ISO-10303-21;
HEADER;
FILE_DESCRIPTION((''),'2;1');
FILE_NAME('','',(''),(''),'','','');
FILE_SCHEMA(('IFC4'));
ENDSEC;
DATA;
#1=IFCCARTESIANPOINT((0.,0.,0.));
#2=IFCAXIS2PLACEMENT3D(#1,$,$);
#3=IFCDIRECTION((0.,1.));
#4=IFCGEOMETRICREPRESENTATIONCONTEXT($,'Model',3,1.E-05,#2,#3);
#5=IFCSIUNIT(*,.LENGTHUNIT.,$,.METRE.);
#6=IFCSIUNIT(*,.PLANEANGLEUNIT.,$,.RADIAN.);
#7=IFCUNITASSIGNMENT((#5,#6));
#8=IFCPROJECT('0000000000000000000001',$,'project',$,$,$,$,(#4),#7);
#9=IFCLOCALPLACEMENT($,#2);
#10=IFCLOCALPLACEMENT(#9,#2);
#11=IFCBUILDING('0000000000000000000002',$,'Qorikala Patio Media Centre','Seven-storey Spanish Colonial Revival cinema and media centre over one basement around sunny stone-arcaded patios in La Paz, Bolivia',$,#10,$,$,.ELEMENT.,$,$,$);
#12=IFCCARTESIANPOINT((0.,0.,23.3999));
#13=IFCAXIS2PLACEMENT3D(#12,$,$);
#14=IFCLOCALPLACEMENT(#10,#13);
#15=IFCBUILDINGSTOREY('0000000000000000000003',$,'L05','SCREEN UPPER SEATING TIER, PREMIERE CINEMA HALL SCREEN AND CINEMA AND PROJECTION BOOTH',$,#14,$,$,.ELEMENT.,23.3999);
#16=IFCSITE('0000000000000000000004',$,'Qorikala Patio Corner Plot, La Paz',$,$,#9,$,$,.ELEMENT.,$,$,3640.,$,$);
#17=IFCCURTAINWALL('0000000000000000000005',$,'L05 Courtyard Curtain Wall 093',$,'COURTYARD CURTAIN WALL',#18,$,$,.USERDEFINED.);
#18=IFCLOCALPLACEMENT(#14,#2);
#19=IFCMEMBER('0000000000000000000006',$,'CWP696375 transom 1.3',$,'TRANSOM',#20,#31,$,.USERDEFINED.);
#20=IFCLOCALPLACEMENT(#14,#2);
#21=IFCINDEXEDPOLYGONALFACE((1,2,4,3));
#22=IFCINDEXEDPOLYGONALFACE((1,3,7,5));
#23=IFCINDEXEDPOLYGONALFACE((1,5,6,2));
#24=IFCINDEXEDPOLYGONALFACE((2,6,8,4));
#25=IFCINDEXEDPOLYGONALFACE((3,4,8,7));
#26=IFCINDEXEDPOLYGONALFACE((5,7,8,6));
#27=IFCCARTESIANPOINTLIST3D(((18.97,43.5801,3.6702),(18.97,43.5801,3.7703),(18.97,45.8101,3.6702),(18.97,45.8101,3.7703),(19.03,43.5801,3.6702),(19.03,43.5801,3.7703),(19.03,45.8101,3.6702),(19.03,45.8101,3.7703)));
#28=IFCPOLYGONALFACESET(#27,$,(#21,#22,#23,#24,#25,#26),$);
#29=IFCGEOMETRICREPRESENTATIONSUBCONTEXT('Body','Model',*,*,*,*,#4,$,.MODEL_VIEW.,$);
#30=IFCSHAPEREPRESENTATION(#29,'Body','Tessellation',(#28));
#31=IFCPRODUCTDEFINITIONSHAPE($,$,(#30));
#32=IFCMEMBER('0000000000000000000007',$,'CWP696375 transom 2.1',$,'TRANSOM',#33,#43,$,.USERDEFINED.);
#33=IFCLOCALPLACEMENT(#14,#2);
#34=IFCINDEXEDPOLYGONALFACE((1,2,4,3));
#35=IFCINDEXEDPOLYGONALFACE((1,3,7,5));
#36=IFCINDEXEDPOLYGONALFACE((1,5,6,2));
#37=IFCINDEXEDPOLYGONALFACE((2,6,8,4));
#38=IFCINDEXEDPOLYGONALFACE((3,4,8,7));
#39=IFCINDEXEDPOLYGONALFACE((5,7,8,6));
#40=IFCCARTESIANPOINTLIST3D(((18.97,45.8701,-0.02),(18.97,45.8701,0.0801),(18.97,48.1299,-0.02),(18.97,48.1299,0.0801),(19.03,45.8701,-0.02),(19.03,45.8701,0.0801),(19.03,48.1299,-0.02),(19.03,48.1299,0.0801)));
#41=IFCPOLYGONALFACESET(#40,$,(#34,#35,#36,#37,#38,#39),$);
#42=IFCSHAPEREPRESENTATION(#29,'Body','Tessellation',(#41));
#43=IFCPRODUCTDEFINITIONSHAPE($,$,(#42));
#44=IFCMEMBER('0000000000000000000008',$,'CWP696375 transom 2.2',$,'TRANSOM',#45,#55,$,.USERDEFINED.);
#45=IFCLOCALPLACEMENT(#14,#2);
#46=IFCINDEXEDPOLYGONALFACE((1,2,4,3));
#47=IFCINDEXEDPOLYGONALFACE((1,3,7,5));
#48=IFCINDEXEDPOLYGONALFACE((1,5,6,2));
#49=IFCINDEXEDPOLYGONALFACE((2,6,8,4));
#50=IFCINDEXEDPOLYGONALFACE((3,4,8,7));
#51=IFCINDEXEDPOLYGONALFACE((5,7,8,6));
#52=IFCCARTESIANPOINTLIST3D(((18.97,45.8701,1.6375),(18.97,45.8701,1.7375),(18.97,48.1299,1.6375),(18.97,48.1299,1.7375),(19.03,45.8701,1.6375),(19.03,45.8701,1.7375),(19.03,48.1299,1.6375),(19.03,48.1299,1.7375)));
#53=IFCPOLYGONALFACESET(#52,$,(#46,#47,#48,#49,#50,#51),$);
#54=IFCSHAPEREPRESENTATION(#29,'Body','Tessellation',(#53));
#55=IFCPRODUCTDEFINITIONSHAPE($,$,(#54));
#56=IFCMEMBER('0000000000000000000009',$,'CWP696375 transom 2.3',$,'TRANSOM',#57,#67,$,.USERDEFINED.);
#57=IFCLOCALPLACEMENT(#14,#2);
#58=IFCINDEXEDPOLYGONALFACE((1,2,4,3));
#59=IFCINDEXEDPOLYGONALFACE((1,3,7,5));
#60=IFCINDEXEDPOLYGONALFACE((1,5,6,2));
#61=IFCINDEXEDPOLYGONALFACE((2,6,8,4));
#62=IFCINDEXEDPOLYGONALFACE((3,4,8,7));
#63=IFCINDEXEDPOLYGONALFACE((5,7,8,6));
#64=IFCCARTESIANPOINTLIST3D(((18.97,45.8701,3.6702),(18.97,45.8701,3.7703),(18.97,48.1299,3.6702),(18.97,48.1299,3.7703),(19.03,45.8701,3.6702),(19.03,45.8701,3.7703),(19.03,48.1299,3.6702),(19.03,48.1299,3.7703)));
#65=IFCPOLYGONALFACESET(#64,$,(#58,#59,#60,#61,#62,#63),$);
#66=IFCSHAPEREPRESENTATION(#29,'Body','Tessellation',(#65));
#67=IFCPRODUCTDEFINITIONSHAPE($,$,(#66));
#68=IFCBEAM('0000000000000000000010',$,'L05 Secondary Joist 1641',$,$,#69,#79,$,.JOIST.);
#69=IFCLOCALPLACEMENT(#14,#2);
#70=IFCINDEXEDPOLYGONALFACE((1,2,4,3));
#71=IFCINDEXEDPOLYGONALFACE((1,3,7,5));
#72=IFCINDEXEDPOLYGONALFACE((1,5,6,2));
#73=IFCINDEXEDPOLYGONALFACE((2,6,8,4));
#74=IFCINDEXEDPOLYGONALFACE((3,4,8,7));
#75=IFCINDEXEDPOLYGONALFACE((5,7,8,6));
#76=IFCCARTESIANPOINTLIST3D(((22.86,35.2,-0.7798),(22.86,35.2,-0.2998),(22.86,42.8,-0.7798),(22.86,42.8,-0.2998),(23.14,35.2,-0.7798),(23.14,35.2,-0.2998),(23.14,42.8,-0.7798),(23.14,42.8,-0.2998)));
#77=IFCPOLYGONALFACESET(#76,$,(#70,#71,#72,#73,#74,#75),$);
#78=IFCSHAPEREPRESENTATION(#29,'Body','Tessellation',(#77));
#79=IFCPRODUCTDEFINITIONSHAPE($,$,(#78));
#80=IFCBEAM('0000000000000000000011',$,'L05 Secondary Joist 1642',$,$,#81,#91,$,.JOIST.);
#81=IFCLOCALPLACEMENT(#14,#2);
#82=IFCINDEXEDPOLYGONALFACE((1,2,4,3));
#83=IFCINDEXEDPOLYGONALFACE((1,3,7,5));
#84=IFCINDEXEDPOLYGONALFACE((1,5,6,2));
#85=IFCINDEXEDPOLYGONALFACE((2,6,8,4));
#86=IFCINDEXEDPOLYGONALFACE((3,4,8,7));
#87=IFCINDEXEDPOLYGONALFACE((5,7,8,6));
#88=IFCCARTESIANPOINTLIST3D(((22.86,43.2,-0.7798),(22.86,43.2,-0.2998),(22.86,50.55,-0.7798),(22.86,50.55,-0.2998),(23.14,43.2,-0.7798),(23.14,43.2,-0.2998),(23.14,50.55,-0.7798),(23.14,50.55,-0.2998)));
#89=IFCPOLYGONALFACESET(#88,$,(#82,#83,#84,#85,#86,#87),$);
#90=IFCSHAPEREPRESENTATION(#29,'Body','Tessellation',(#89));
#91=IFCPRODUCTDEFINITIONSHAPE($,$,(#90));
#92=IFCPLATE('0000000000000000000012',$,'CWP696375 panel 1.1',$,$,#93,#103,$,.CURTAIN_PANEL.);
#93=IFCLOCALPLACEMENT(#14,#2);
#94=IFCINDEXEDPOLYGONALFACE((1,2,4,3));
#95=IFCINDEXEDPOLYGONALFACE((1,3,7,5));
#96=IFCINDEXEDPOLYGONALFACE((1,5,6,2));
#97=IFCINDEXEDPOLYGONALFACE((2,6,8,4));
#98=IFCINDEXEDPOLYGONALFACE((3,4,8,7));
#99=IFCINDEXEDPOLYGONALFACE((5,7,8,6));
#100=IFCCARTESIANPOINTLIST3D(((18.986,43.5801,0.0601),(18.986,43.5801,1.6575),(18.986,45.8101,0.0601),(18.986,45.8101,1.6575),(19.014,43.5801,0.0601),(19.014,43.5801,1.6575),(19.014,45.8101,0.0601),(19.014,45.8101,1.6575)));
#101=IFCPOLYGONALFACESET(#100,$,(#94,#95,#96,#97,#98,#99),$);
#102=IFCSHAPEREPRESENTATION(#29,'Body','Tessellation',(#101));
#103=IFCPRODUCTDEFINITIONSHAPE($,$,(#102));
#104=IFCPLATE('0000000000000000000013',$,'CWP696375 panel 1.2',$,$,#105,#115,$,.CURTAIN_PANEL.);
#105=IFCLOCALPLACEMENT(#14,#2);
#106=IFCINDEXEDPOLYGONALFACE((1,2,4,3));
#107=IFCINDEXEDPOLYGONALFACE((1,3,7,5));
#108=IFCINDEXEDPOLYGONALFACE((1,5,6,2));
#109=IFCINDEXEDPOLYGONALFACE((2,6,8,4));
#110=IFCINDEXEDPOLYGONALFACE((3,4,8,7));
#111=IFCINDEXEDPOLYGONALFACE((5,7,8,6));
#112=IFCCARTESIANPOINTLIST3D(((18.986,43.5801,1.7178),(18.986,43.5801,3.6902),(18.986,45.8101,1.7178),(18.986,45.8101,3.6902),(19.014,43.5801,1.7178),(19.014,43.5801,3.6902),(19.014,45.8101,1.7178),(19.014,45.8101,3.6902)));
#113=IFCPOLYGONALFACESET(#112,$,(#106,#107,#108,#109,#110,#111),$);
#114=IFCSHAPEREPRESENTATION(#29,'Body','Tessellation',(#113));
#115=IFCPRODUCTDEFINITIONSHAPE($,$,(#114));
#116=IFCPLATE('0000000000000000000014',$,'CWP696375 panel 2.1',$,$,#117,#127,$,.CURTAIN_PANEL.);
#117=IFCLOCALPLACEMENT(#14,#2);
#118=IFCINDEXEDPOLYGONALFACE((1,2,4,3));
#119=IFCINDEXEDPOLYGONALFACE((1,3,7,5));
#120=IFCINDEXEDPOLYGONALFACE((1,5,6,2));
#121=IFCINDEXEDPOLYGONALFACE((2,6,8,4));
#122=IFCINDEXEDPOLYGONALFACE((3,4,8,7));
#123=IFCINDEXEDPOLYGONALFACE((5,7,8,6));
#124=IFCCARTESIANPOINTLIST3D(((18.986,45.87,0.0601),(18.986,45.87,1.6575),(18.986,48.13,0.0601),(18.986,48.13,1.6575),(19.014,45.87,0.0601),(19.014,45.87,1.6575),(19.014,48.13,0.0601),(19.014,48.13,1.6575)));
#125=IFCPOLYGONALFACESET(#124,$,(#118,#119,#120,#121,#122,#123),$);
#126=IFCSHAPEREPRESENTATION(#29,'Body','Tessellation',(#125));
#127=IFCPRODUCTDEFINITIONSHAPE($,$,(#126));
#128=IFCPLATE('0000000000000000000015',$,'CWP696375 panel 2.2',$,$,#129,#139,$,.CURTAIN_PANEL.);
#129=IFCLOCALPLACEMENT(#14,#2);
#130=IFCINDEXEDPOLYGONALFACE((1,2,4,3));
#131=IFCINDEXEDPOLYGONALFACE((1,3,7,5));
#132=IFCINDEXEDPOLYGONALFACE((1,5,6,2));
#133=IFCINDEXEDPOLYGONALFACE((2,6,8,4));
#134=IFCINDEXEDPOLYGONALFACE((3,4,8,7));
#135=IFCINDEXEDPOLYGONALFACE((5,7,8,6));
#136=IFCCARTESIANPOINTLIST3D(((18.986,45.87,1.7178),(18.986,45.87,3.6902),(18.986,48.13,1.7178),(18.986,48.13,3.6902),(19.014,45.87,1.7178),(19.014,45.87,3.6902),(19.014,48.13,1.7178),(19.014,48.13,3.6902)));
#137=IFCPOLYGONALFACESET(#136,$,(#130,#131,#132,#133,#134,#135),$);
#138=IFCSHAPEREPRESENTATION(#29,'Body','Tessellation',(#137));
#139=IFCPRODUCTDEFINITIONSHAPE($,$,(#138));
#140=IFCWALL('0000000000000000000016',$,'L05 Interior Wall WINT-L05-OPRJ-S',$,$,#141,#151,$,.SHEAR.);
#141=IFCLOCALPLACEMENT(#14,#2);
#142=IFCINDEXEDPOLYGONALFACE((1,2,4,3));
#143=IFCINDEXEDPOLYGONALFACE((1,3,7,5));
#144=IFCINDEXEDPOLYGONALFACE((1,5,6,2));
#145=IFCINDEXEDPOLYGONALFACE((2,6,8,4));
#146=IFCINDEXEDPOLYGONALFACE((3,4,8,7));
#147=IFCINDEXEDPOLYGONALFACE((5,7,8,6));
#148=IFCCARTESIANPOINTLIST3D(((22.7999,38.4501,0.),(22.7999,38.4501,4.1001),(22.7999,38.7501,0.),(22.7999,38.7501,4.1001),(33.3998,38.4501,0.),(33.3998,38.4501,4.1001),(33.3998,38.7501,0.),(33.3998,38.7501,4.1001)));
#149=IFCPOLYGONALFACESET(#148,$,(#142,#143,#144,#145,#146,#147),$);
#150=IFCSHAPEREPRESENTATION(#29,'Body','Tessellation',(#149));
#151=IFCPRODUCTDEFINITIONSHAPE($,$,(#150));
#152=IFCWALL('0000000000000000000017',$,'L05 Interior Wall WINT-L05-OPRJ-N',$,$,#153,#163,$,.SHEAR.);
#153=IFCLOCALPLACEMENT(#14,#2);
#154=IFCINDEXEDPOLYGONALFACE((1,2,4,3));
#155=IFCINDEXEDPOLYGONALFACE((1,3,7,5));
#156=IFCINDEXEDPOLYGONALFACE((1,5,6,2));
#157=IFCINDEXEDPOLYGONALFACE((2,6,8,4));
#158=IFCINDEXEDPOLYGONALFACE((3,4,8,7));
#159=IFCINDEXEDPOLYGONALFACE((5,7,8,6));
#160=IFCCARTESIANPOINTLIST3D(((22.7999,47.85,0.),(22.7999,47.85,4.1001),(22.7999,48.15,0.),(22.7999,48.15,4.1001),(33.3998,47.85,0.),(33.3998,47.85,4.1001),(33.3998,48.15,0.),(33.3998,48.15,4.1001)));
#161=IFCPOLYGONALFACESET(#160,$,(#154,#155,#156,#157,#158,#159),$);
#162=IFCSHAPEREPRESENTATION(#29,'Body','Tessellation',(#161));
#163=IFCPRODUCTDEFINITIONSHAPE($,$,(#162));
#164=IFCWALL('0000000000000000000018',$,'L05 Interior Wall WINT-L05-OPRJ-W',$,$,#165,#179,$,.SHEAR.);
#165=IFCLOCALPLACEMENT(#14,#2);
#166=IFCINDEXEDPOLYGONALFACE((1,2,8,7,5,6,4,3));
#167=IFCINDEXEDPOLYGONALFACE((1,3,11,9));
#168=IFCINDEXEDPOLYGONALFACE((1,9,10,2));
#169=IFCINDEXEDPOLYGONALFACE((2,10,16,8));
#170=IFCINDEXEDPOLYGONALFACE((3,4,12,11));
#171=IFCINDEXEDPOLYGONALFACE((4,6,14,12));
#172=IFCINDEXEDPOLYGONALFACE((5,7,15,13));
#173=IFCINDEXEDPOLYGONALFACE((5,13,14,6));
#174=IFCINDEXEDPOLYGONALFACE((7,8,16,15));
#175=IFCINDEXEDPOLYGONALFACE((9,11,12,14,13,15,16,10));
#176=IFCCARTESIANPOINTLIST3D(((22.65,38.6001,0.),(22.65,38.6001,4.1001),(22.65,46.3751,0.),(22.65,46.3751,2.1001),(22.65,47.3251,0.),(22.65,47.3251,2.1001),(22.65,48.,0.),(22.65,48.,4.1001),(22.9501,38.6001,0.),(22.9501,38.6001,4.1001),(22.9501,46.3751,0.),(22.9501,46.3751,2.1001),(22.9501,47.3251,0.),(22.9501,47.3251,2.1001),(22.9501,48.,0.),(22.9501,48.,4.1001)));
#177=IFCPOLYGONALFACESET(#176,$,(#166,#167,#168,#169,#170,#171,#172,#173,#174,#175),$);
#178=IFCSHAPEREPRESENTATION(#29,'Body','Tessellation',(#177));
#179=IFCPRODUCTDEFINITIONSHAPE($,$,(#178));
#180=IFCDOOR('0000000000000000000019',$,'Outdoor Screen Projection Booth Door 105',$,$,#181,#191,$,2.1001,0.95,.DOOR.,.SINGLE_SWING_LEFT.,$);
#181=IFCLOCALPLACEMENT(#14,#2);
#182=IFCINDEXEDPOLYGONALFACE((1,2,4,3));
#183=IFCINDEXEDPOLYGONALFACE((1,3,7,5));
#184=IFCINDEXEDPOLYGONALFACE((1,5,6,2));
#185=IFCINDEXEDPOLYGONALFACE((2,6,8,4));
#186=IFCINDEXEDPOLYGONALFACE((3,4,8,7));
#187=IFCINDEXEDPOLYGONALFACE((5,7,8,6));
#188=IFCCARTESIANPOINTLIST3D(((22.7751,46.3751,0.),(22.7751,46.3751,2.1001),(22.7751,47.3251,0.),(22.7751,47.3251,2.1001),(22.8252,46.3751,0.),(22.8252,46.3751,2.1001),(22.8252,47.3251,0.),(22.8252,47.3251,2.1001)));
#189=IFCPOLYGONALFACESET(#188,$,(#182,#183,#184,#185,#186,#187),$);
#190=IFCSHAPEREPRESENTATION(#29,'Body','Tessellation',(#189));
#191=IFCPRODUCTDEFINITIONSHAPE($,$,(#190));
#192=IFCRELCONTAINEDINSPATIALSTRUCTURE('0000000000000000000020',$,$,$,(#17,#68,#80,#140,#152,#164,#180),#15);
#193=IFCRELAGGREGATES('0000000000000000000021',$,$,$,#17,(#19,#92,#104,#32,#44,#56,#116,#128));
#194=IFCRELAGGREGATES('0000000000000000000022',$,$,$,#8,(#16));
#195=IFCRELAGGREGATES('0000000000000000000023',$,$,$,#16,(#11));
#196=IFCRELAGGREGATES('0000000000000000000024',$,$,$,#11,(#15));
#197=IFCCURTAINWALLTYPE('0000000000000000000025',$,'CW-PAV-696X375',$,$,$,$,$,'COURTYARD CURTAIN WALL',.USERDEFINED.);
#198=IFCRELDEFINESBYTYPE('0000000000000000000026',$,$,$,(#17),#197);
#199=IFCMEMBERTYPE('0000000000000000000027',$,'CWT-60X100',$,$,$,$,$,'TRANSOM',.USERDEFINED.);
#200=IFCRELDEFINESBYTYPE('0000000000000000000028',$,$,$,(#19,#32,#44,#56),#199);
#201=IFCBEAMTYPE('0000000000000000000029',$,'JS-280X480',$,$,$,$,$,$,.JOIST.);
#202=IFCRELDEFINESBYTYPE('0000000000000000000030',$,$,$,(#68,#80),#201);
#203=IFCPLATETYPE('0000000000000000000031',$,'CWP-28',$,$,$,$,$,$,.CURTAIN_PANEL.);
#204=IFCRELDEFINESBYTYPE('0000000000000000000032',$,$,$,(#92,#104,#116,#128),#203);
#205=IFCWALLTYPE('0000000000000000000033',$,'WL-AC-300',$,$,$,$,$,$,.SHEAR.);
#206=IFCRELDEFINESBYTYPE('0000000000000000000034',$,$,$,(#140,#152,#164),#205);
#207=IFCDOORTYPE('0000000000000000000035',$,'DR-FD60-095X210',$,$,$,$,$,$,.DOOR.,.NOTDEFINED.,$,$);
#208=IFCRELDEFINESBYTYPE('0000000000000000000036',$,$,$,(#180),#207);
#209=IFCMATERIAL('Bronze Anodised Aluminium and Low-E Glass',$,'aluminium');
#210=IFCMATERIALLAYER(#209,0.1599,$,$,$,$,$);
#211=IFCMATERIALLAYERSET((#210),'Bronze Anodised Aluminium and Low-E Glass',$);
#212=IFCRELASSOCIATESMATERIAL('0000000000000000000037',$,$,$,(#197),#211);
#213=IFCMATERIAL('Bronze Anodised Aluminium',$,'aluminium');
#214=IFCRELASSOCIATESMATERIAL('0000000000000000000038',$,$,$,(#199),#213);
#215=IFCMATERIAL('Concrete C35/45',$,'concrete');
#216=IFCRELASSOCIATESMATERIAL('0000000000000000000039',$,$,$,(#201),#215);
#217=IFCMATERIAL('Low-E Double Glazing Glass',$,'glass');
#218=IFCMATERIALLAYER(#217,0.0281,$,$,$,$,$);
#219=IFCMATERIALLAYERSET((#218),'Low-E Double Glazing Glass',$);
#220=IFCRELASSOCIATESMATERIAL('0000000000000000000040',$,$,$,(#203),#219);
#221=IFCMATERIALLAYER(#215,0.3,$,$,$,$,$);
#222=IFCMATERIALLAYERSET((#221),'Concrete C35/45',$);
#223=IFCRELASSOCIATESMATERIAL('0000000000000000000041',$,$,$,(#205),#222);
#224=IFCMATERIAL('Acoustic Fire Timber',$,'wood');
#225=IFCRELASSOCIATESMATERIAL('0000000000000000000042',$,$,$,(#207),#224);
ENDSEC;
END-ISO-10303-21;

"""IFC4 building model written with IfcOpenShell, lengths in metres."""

from ifc_helpers import new_model, si_unit, direction, frame, frame_2d, origin, origin_2d, place, context, subcontext, project, spatial, rectangle, extrude, material, layer, layer_set, material_profile, profile_set, type_object, element, fill, aggregate, save


model = new_model("IFC4")

# Units and contexts
model_context = context("Model", 3, precision=1e-05, world=origin(), true_north=direction((0.0, 1.0)))
body_context = subcontext(model_context, "Body", "Model", "MODEL_VIEW")
ifc_project = project(units=[si_unit("LENGTHUNIT", "METRE"), si_unit("PLANEANGLEUNIT", "RADIAN")], contexts=[model_context])

# Site, building, storey
site_placement = place(None, origin())
site = spatial("IfcSite", under=ifc_project, at=site_placement, Name="Qorikala Patio Corner Plot, La Paz", CompositionType="ELEMENT", RefElevation=3640.0)
building_placement = place(site_placement, origin())
building = spatial("IfcBuilding", under=site, at=building_placement, Name="Qorikala Patio Media Centre", Description="Seven-storey Spanish Colonial Revival cinema and media centre over one basement around sunny stone-arcaded patios in La Paz, Bolivia", CompositionType="ELEMENT")
storey_placement = place(building_placement, frame((0.0, 0.0, 23.3999)))
storey = spatial("IfcBuildingStorey", under=building, at=storey_placement, Name="L05", Description="SCREEN UPPER SEATING TIER, PREMIERE CINEMA HALL SCREEN AND CINEMA AND PROJECTION BOOTH", CompositionType="ELEMENT", Elevation=23.3999)

# Shared definitions
ifc_material_1 = material(Name="Concrete C35/45", Category="concrete")

# Curtain wall, members
ifc_material_2 = material(Name="Bronze Anodised Aluminium and Low-E Glass", Category="aluminium")
ifc_layer_1 = layer(ifc_material_2, 0.1599)
ifc_layer_set_1 = layer_set([ifc_layer_1], Name="Bronze Anodised Aluminium and Low-E Glass")
curtain_wall_type = type_object("IfcCurtainWallType", Name="CW-PAV-696X375", ElementType="COURTYARD CURTAIN WALL", PredefinedType="USERDEFINED", material=ifc_layer_set_1)
curtain_wall_placement = place(storey_placement, origin())
curtain_wall = element("IfcCurtainWall", 1, at=curtain_wall_placement, inside=storey, type_object=curtain_wall_type, Name="L05 Courtyard Curtain Wall 093", ObjectType="COURTYARD CURTAIN WALL", PredefinedType="USERDEFINED")
ifc_material_3 = material(Name="Bronze Anodised Aluminium", Category="aluminium")
ifc_material_profile_1 = material_profile(ifc_material_3, rectangle(XDim=0.0601, YDim=0.1001, at=origin_2d()), Name="ALU TRANSOM 60x100")
ifc_profile_set_1 = profile_set([ifc_material_profile_1], Name="Bronze Anodised Aluminium")
member_type_1 = type_object("IfcMemberType", Name="CWT-60X100", ElementType="TRANSOM", PredefinedType="USERDEFINED", material=ifc_profile_set_1)
member_1_placement = place(storey_placement, frame((19.0, 43.5801, 3.7202), z_axis=(0.0, 1.0, 0.0), x_axis=(-1.0, 0.0, 0.0)))
member_1 = element("IfcMember", 2, at=member_1_placement, type_object=member_type_1, Name="CWP696375 transom 1.3", ObjectType="TRANSOM", PredefinedType="USERDEFINED", context=body_context, shape_type="SweptSolid", body=[
    extrude(rectangle(XDim=0.0601, YDim=0.1001, at=origin_2d()), origin(), (0.0, 0.0, 1.0), 2.23),
])
member_2_placement = place(storey_placement, frame((19.0, 45.8701, 0.03), z_axis=(0.0, 1.0, 0.0), x_axis=(-1.0, 0.0, 0.0)))
member_2 = element("IfcMember", 3, at=member_2_placement, type_object=member_type_1, Name="CWP696375 transom 2.1", ObjectType="TRANSOM", PredefinedType="USERDEFINED", context=body_context, shape_type="SweptSolid", body=[
    extrude(rectangle(XDim=0.0601, YDim=0.1001, at=origin_2d()), origin(), (0.0, 0.0, 1.0), 2.2598),
])
member_3_placement = place(storey_placement, frame((19.0, 45.8701, 1.6875), z_axis=(0.0, 1.0, 0.0), x_axis=(-1.0, 0.0, 0.0)))
member_3 = element("IfcMember", 4, at=member_3_placement, type_object=member_type_1, Name="CWP696375 transom 2.2", ObjectType="TRANSOM", PredefinedType="USERDEFINED", context=body_context, shape_type="SweptSolid", body=[
    extrude(rectangle(XDim=0.0601, YDim=0.1001, at=origin_2d()), origin(), (0.0, 0.0, 1.0), 2.2598),
])
member_4_placement = place(storey_placement, frame((19.0, 45.8701, 3.7202), z_axis=(0.0, 1.0, 0.0), x_axis=(-1.0, 0.0, 0.0)))
member_4 = element("IfcMember", 5, at=member_4_placement, type_object=member_type_1, Name="CWP696375 transom 2.3", ObjectType="TRANSOM", PredefinedType="USERDEFINED", context=body_context, shape_type="SweptSolid", body=[
    extrude(rectangle(XDim=0.0601, YDim=0.1001, at=origin_2d()), origin(), (0.0, 0.0, 1.0), 2.2598),
])

# Beams
ifc_material_profile_2 = material_profile(ifc_material_1, rectangle(XDim=0.28, YDim=0.48, at=origin_2d()), Name="RC 280x480")
ifc_profile_set_2 = profile_set([ifc_material_profile_2], Name="Concrete C35/45")
beam_type_1 = type_object("IfcBeamType", Name="JS-280X480", PredefinedType="JOIST", material=ifc_profile_set_2)
beam_1_placement = place(storey_placement, frame((23.0, 35.2, -0.5398), z_axis=(0.0, 1.0, 0.0), x_axis=(-1.0, 0.0, 0.0)))
element("IfcBeam", 6, at=beam_1_placement, inside=storey, type_object=beam_type_1, Name="L05 Secondary Joist 1641", PredefinedType="JOIST", context=body_context, shape_type="SweptSolid", body=[
    extrude(rectangle(XDim=0.28, YDim=0.48, at=origin_2d()), origin(), (0.0, 0.0, 1.0), 7.6001),
])
beam_2_placement = place(storey_placement, frame((23.0, 43.2, -0.5398), z_axis=(0.0, 1.0, 0.0), x_axis=(-1.0, 0.0, 0.0)))
element("IfcBeam", 7, at=beam_2_placement, inside=storey, type_object=beam_type_1, Name="L05 Secondary Joist 1642", PredefinedType="JOIST", context=body_context, shape_type="SweptSolid", body=[
    extrude(rectangle(XDim=0.28, YDim=0.48, at=origin_2d()), origin(), (0.0, 0.0, 1.0), 7.3501),
])

# Plates
ifc_material_4 = material(Name="Low-E Double Glazing Glass", Category="glass")
ifc_layer_2 = layer(ifc_material_4, 0.0281)
ifc_layer_set_2 = layer_set([ifc_layer_2], Name="Low-E Double Glazing Glass")
plate_type = type_object("IfcPlateType", Name="CWP-28", PredefinedType="CURTAIN_PANEL", material=ifc_layer_set_2)
plate_1_placement = place(storey_placement, frame((19.0, 44.6951, 0.0601), z_axis=(0.0, 0.0, 1.0), x_axis=(0.0, 1.0, 0.0)))
plate_1 = element("IfcPlate", 8, at=plate_1_placement, type_object=plate_type, Name="CWP696375 panel 1.1", PredefinedType="CURTAIN_PANEL", context=body_context, shape_type="SweptSolid", body=[
    extrude(rectangle(XDim=2.23, YDim=0.0281, at=origin_2d()), origin(), (0.0, 0.0, 1.0), 1.5974),
])
plate_2_placement = place(storey_placement, frame((19.0, 44.6951, 1.7178), z_axis=(0.0, 0.0, 1.0), x_axis=(0.0, 1.0, 0.0)))
plate_2 = element("IfcPlate", 9, at=plate_2_placement, type_object=plate_type, Name="CWP696375 panel 1.2", PredefinedType="CURTAIN_PANEL", context=body_context, shape_type="SweptSolid", body=[
    extrude(rectangle(XDim=2.23, YDim=0.0281, at=origin_2d()), origin(), (0.0, 0.0, 1.0), 1.9724),
])
plate_3_placement = place(storey_placement, frame((19.0, 47.0, 0.0601), z_axis=(0.0, 0.0, 1.0), x_axis=(0.0, 1.0, 0.0)))
plate_3 = element("IfcPlate", 10, at=plate_3_placement, type_object=plate_type, Name="CWP696375 panel 2.1", PredefinedType="CURTAIN_PANEL", context=body_context, shape_type="SweptSolid", body=[
    extrude(rectangle(XDim=2.26, YDim=0.0281, at=origin_2d()), origin(), (0.0, 0.0, 1.0), 1.5974),
])
plate_4_placement = place(storey_placement, frame((19.0, 47.0, 1.7178), z_axis=(0.0, 0.0, 1.0), x_axis=(0.0, 1.0, 0.0)))
plate_4 = element("IfcPlate", 11, at=plate_4_placement, type_object=plate_type, Name="CWP696375 panel 2.2", PredefinedType="CURTAIN_PANEL", context=body_context, shape_type="SweptSolid", body=[
    extrude(rectangle(XDim=2.26, YDim=0.0281, at=origin_2d()), origin(), (0.0, 0.0, 1.0), 1.9724),
])
aggregate(curtain_wall, [member_1, plate_1, plate_2, member_2, member_3, member_4, plate_3, plate_4])

# Walls
ifc_layer_3 = layer(ifc_material_1, 0.3)
ifc_layer_set_3 = layer_set([ifc_layer_3], Name="Concrete C35/45")
wall_type_1 = type_object("IfcWallType", Name="WL-AC-300", PredefinedType="SHEAR", material=ifc_layer_set_3)
for number, where, z_axis, x_axis, name in (
    (12, (22.8, 38.6001, 0.0), (0.0, 0.0, 1.0), (1.0, 0.0, 0.0), "L05 Interior Wall WINT-L05-OPRJ-S"),
    (13, (22.8, 48.0, 0.0), (0.0, 0.0, 1.0), (1.0, 0.0, 0.0), "L05 Interior Wall WINT-L05-OPRJ-N"),
):
    element("IfcWall", number, at=place(storey_placement, frame(where, z_axis=z_axis, x_axis=x_axis)), inside=storey, type_object=wall_type_1, Name=name, PredefinedType="SHEAR", context=body_context, shape_type="SweptSolid", body=[
        extrude(rectangle(XDim=10.5999, YDim=0.3, at=frame_2d((5.2998, 0.0))), origin(), (0.0, 0.0, 1.0), 4.1001),
    ])

# Wall, opening, door
wall_placement = place(storey_placement, frame((22.8, 38.6001, 0.0), z_axis=(0.0, 0.0, 1.0), x_axis=(0.0, 1.0, 0.0)))
wall = element("IfcWall", 14, at=wall_placement, inside=storey, type_object=wall_type_1, Name="L05 Interior Wall WINT-L05-OPRJ-W", PredefinedType="SHEAR", context=body_context, shape_type="SweptSolid", body=[
    extrude(rectangle(XDim=9.3999, YDim=0.3, at=frame_2d((4.7, 0.0))), origin(), (0.0, 0.0, 1.0), 4.1001),
])
opening_placement = place(wall_placement, frame((7.7749, 0.0, 0.0)))
opening = element("IfcOpeningElement", 15, at=opening_placement, cuts=wall, PredefinedType="OPENING", context=body_context, shape_type="SweptSolid", body=[
    extrude(rectangle(XDim=0.95, YDim=2.1001, at=frame_2d((0.4751, 1.05))), frame((0.0, 0.1599, 0.0), z_axis=(0.0, -1.0, 0.0), x_axis=(1.0, 0.0, 0.0)), (0.0, 0.0, 1.0), 0.3201),
])
ifc_material_5 = material(Name="Acoustic Fire Timber", Category="wood")
door_type = type_object("IfcDoorType", Name="DR-FD60-095X210", OperationType="NOTDEFINED", PredefinedType="DOOR", material=ifc_material_5)
door_placement = place(opening_placement, origin())
door = element("IfcDoor", 16, at=door_placement, inside=storey, type_object=door_type, Name="Outdoor Screen Projection Booth Door 105", OperationType="SINGLE_SWING_LEFT", OverallHeight=2.1001, OverallWidth=0.95, PredefinedType="DOOR", context=body_context, shape_type="SweptSolid", body=[
    extrude(rectangle(XDim=0.95, YDim=2.1001, at=frame_2d((0.4751, 1.05))), frame((0.0, 0.0249, 0.0), z_axis=(0.0, -1.0, 0.0), x_axis=(1.0, 0.0, 0.0)), (0.0, 0.0, 1.0), 0.05),
])
fill(opening, door)

save(model, "model.ifc")
